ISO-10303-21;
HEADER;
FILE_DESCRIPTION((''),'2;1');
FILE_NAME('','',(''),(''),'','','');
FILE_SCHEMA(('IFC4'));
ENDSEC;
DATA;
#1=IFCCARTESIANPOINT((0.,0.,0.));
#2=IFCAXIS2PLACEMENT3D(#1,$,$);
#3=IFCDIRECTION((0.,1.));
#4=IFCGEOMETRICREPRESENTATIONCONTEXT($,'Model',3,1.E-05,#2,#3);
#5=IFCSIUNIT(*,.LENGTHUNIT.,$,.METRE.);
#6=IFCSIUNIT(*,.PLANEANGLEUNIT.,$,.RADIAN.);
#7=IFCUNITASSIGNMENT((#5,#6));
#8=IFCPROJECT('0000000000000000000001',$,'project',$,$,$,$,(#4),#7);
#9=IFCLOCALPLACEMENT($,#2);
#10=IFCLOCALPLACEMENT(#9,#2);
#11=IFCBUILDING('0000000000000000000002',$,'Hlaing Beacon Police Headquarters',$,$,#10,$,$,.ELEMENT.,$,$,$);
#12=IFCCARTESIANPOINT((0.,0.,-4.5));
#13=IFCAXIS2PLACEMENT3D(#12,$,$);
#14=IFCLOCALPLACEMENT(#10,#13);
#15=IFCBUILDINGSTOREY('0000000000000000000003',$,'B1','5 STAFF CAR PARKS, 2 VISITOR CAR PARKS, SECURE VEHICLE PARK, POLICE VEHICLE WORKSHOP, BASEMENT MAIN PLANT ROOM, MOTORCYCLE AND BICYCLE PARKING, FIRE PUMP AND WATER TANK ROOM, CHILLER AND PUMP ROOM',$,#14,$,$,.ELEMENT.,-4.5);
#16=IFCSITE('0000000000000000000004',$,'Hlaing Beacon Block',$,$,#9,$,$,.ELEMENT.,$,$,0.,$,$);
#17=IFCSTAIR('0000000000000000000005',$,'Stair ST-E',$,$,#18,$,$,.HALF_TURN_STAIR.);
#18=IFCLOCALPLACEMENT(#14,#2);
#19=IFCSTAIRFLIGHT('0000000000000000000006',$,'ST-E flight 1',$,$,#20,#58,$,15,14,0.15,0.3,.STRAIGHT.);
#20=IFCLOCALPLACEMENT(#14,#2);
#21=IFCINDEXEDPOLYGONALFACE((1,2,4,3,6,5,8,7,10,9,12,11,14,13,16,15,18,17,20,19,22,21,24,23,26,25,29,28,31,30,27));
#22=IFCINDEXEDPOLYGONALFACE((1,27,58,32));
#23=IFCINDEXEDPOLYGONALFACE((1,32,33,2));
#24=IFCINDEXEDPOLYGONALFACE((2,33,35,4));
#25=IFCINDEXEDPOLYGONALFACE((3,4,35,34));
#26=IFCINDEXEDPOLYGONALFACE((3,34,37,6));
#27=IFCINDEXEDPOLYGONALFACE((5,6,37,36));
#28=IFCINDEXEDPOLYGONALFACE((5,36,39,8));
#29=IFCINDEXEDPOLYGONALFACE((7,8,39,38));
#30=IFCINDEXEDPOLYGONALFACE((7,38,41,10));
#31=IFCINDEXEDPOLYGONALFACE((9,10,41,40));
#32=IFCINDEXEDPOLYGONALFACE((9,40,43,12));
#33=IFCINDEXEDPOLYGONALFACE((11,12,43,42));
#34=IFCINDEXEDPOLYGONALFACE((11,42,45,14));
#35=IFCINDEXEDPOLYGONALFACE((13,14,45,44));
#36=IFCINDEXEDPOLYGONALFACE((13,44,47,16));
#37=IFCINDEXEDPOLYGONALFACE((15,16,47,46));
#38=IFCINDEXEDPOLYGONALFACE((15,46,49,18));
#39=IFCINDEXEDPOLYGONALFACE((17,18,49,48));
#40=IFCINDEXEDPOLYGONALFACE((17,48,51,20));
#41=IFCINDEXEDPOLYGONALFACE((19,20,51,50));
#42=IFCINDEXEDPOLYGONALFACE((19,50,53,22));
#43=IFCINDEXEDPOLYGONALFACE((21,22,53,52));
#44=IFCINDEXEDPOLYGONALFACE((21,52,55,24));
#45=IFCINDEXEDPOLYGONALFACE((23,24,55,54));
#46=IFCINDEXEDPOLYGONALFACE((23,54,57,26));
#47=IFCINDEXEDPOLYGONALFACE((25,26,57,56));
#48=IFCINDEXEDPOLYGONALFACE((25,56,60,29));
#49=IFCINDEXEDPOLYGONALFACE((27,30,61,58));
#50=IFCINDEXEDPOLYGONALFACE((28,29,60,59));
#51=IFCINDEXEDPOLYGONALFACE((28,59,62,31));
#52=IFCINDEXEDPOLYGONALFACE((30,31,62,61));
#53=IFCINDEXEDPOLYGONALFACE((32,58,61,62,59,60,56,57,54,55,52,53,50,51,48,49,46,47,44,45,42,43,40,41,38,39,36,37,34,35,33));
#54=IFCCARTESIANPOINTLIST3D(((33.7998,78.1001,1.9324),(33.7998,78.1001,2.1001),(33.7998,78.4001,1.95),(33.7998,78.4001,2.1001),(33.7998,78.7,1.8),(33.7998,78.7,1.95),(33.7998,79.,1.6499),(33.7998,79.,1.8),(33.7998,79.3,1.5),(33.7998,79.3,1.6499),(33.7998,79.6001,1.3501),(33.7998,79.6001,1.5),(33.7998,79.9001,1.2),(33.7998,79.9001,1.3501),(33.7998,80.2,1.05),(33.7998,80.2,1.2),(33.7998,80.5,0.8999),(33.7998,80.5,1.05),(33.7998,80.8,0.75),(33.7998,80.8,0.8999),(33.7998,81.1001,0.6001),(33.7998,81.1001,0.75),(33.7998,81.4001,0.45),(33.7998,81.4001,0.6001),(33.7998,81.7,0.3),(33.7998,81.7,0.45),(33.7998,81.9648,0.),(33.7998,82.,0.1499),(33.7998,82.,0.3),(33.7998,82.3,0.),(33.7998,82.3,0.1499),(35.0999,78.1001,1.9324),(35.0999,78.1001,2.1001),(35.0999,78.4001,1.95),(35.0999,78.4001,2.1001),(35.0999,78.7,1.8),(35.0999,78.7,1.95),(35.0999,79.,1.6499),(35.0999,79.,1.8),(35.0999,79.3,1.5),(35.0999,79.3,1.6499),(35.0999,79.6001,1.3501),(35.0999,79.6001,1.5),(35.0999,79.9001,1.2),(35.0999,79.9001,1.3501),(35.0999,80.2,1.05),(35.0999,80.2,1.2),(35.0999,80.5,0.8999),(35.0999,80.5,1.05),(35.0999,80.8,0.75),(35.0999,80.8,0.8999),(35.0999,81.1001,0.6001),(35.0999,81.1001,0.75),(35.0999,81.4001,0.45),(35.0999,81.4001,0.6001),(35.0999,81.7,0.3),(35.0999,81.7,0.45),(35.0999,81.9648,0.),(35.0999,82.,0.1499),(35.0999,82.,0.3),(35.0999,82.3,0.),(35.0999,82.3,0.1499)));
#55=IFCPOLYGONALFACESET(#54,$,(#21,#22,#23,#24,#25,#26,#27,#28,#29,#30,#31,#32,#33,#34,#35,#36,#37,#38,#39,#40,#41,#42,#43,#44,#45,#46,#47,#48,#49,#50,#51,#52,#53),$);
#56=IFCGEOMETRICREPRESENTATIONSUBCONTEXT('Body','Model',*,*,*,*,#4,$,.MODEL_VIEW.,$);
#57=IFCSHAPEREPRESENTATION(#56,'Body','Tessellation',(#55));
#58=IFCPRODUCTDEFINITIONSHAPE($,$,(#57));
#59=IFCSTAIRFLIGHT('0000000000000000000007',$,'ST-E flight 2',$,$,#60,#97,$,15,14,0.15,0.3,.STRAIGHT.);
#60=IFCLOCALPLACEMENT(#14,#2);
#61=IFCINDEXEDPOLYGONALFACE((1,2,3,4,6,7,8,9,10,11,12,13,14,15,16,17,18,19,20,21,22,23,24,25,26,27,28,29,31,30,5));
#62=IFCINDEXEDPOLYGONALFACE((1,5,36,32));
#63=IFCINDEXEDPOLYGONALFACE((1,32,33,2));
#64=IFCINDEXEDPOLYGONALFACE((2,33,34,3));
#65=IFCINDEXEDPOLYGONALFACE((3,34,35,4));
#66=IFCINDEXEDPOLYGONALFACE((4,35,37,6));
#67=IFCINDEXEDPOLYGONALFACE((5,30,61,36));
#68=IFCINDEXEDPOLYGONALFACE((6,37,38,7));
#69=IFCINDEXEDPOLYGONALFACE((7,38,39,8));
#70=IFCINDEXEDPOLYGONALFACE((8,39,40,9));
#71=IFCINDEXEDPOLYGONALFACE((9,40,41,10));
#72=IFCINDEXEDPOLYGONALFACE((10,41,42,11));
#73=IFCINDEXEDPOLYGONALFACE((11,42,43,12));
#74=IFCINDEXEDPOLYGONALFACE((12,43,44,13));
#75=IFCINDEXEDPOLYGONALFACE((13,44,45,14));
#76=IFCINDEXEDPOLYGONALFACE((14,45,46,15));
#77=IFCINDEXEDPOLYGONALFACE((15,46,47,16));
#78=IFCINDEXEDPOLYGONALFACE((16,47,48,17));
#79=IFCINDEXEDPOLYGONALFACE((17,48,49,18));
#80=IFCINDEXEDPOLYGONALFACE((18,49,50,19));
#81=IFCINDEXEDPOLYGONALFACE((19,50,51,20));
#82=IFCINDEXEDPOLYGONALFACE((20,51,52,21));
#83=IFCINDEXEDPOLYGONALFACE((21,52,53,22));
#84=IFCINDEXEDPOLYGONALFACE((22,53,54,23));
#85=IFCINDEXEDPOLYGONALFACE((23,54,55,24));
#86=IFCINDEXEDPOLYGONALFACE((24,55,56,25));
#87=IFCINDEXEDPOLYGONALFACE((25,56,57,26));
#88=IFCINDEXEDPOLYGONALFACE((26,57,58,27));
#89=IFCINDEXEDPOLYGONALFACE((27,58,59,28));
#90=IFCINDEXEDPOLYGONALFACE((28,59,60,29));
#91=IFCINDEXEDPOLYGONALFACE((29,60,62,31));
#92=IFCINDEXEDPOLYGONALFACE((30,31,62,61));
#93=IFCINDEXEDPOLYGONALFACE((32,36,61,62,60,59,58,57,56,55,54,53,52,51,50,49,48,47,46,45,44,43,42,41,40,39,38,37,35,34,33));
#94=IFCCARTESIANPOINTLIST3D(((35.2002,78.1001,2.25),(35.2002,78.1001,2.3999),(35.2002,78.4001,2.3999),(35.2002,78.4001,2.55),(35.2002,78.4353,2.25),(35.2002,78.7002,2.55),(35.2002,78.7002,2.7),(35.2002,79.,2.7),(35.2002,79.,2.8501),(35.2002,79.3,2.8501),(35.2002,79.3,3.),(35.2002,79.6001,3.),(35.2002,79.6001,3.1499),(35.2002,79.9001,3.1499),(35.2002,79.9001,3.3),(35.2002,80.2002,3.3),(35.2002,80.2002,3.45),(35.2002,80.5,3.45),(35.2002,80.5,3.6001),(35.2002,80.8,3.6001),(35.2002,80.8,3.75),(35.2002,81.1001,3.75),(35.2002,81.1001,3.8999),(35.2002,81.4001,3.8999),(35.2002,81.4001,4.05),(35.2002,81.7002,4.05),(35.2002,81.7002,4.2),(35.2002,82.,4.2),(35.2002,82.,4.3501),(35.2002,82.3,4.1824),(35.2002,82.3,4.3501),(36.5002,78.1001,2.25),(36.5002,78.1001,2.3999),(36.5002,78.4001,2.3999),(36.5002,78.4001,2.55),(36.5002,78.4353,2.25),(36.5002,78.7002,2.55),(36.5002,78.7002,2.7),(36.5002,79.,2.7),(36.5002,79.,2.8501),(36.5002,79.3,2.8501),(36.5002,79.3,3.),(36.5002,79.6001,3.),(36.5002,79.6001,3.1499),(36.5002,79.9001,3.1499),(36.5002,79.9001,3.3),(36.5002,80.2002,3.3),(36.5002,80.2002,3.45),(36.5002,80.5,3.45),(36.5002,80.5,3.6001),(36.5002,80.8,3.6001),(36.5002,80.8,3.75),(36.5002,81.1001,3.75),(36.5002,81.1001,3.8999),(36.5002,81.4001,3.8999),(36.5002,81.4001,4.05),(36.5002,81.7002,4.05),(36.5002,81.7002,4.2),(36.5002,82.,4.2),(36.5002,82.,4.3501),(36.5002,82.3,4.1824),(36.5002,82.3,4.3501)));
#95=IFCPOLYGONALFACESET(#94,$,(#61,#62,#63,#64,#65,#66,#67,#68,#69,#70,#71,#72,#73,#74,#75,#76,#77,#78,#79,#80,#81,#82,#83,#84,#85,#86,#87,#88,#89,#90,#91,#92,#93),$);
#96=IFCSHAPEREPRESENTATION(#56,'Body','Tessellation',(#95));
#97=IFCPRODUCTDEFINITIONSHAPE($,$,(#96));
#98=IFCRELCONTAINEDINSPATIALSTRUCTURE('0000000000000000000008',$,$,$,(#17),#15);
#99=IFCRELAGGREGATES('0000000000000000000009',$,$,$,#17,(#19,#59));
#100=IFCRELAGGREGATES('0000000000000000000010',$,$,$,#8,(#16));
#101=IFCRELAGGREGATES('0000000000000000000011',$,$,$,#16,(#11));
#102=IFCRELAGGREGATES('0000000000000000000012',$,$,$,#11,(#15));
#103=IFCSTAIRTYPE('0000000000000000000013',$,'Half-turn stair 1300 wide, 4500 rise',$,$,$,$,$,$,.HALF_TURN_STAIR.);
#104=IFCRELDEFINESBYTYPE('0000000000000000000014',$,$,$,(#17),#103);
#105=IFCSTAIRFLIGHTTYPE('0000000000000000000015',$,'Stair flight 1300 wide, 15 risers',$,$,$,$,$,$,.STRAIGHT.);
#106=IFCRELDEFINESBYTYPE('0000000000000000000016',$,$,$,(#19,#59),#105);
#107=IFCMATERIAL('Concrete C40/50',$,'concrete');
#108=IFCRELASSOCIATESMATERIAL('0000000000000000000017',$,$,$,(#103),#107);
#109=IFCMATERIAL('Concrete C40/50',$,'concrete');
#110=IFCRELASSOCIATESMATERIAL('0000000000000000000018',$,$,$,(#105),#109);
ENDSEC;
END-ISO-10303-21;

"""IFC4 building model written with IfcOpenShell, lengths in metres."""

from ifc_helpers import new_model, si_unit, direction, frame, origin, place, context, subcontext, project, spatial, polyline, outline, extrude, material, type_object, element, aggregate, save


model = new_model("IFC4")

# Units and contexts
model_context = context("Model", 3, precision=1e-05, world=origin(), true_north=direction((0.0, 1.0)))
body_context = subcontext(model_context, "Body", "Model", "MODEL_VIEW")
ifc_project = project(units=[si_unit("LENGTHUNIT", "METRE"), si_unit("PLANEANGLEUNIT", "RADIAN")], contexts=[model_context])

# Site, building, storey
site_placement = place(None, origin())
site = spatial("IfcSite", under=ifc_project, at=site_placement, Name="Hlaing Beacon Block", CompositionType="ELEMENT", RefElevation=0.0)
building_placement = place(site_placement, origin())
building = spatial("IfcBuilding", under=site, at=building_placement, Name="Hlaing Beacon Police Headquarters", CompositionType="ELEMENT")
storey_placement = place(building_placement, frame((0.0, 0.0, -4.5)))
storey = spatial("IfcBuildingStorey", under=building, at=storey_placement, Name="B1", Description="5 STAFF CAR PARKS, 2 VISITOR CAR PARKS, SECURE VEHICLE PARK, POLICE VEHICLE WORKSHOP, BASEMENT MAIN PLANT ROOM, MOTORCYCLE AND BICYCLE PARKING, FIRE PUMP AND WATER TANK ROOM, CHILLER AND PUMP ROOM", CompositionType="ELEMENT", Elevation=-4.5)

# Stair, stair flights
ifc_material_1 = material(Name="Concrete C40/50", Category="concrete")
stair_type = type_object("IfcStairType", Name="Half-turn stair 1300 wide, 4500 rise", PredefinedType="HALF_TURN_STAIR", material=ifc_material_1)
stair_placement = place(storey_placement, origin())
stair = element("IfcStair", 1, at=stair_placement, inside=storey, type_object=stair_type, Name="Stair ST-E", PredefinedType="HALF_TURN_STAIR")
ifc_material_2 = material(Name="Concrete C40/50", Category="concrete")
stair_flight_type = type_object("IfcStairFlightType", Name="Stair flight 1300 wide, 15 risers", PredefinedType="STRAIGHT", material=ifc_material_2)
stair_flight_1_placement = place(storey_placement, frame((34.45, 82.3, 0.0), z_axis=(0.0, 0.0, 1.0), x_axis=(0.0, -1.0, 0.0)))
stair_flight_1 = element("IfcStairFlight", 2, at=stair_flight_1_placement, type_object=stair_flight_type, Name="ST-E flight 1", NumberOfRisers=15, NumberOfTreads=14, PredefinedType="STRAIGHT", RiserHeight=0.15, TreadLength=0.3, context=body_context, shape_type="SweptSolid", body=[
    extrude(outline(polyline([(0.0, 0.0), (0.0, 0.1499), (0.3, 0.1499), (0.3, 0.3), (0.6001, 0.3), (0.6001, 0.45), (0.8999, 0.45), (0.8999, 0.6001), (1.2, 0.6001), (1.2, 0.75), (1.5, 0.75), (1.5, 0.8999), (1.8, 0.8999), (1.8, 1.05), (2.1001, 1.05), (2.1001, 1.2), (2.3999, 1.2), (2.3999, 1.3501), (2.7, 1.3501), (2.7, 1.5), (3.0, 1.5), (3.0, 1.6499), (3.3, 1.6499), (3.3, 1.8), (3.6001, 1.8), (3.6001, 1.95), (3.8999, 1.95), (3.8999, 2.1001), (4.2, 2.1001), (4.2, 2.25), (4.2, 1.9324), (0.3352, 0.0), (0.0, 0.0)])), frame((0.0, 0.6499, 0.0), z_axis=(0.0, -1.0, 0.0), x_axis=(1.0, 0.0, 0.0)), (0.0, 0.0, 1.0), 1.3),
])
stair_flight_2_placement = place(storey_placement, frame((35.8501, 78.1001, 2.25), z_axis=(0.0, 0.0, 1.0), x_axis=(0.0, 1.0, 0.0)))
stair_flight_2 = element("IfcStairFlight", 3, at=stair_flight_2_placement, type_object=stair_flight_type, Name="ST-E flight 2", NumberOfRisers=15, NumberOfTreads=14, PredefinedType="STRAIGHT", RiserHeight=0.15, TreadLength=0.3, context=body_context, shape_type="SweptSolid", body=[
    extrude(outline(polyline([(0.0, 0.0), (0.0, 0.1499), (0.3, 0.1499), (0.3, 0.3), (0.6001, 0.3), (0.6001, 0.45), (0.8999, 0.45), (0.8999, 0.6001), (1.2, 0.6001), (1.2, 0.75), (1.5, 0.75), (1.5, 0.8999), (1.8, 0.8999), (1.8, 1.05), (2.1001, 1.05), (2.1001, 1.2), (2.3999, 1.2), (2.3999, 1.3501), (2.7, 1.3501), (2.7, 1.5), (3.0, 1.5), (3.0, 1.6499), (3.3, 1.6499), (3.3, 1.8), (3.6001, 1.8), (3.6001, 1.95), (3.8999, 1.95), (3.8999, 2.1001), (4.2, 2.1001), (4.2, 2.25), (4.2, 1.9324), (0.3352, 0.0), (0.0, 0.0)])), frame((0.0, 0.6499, 0.0), z_axis=(0.0, -1.0, 0.0), x_axis=(1.0, 0.0, 0.0)), (0.0, 0.0, 1.0), 1.3),
])
aggregate(stair, [stair_flight_1, stair_flight_2])

save(model, "model.ifc")
